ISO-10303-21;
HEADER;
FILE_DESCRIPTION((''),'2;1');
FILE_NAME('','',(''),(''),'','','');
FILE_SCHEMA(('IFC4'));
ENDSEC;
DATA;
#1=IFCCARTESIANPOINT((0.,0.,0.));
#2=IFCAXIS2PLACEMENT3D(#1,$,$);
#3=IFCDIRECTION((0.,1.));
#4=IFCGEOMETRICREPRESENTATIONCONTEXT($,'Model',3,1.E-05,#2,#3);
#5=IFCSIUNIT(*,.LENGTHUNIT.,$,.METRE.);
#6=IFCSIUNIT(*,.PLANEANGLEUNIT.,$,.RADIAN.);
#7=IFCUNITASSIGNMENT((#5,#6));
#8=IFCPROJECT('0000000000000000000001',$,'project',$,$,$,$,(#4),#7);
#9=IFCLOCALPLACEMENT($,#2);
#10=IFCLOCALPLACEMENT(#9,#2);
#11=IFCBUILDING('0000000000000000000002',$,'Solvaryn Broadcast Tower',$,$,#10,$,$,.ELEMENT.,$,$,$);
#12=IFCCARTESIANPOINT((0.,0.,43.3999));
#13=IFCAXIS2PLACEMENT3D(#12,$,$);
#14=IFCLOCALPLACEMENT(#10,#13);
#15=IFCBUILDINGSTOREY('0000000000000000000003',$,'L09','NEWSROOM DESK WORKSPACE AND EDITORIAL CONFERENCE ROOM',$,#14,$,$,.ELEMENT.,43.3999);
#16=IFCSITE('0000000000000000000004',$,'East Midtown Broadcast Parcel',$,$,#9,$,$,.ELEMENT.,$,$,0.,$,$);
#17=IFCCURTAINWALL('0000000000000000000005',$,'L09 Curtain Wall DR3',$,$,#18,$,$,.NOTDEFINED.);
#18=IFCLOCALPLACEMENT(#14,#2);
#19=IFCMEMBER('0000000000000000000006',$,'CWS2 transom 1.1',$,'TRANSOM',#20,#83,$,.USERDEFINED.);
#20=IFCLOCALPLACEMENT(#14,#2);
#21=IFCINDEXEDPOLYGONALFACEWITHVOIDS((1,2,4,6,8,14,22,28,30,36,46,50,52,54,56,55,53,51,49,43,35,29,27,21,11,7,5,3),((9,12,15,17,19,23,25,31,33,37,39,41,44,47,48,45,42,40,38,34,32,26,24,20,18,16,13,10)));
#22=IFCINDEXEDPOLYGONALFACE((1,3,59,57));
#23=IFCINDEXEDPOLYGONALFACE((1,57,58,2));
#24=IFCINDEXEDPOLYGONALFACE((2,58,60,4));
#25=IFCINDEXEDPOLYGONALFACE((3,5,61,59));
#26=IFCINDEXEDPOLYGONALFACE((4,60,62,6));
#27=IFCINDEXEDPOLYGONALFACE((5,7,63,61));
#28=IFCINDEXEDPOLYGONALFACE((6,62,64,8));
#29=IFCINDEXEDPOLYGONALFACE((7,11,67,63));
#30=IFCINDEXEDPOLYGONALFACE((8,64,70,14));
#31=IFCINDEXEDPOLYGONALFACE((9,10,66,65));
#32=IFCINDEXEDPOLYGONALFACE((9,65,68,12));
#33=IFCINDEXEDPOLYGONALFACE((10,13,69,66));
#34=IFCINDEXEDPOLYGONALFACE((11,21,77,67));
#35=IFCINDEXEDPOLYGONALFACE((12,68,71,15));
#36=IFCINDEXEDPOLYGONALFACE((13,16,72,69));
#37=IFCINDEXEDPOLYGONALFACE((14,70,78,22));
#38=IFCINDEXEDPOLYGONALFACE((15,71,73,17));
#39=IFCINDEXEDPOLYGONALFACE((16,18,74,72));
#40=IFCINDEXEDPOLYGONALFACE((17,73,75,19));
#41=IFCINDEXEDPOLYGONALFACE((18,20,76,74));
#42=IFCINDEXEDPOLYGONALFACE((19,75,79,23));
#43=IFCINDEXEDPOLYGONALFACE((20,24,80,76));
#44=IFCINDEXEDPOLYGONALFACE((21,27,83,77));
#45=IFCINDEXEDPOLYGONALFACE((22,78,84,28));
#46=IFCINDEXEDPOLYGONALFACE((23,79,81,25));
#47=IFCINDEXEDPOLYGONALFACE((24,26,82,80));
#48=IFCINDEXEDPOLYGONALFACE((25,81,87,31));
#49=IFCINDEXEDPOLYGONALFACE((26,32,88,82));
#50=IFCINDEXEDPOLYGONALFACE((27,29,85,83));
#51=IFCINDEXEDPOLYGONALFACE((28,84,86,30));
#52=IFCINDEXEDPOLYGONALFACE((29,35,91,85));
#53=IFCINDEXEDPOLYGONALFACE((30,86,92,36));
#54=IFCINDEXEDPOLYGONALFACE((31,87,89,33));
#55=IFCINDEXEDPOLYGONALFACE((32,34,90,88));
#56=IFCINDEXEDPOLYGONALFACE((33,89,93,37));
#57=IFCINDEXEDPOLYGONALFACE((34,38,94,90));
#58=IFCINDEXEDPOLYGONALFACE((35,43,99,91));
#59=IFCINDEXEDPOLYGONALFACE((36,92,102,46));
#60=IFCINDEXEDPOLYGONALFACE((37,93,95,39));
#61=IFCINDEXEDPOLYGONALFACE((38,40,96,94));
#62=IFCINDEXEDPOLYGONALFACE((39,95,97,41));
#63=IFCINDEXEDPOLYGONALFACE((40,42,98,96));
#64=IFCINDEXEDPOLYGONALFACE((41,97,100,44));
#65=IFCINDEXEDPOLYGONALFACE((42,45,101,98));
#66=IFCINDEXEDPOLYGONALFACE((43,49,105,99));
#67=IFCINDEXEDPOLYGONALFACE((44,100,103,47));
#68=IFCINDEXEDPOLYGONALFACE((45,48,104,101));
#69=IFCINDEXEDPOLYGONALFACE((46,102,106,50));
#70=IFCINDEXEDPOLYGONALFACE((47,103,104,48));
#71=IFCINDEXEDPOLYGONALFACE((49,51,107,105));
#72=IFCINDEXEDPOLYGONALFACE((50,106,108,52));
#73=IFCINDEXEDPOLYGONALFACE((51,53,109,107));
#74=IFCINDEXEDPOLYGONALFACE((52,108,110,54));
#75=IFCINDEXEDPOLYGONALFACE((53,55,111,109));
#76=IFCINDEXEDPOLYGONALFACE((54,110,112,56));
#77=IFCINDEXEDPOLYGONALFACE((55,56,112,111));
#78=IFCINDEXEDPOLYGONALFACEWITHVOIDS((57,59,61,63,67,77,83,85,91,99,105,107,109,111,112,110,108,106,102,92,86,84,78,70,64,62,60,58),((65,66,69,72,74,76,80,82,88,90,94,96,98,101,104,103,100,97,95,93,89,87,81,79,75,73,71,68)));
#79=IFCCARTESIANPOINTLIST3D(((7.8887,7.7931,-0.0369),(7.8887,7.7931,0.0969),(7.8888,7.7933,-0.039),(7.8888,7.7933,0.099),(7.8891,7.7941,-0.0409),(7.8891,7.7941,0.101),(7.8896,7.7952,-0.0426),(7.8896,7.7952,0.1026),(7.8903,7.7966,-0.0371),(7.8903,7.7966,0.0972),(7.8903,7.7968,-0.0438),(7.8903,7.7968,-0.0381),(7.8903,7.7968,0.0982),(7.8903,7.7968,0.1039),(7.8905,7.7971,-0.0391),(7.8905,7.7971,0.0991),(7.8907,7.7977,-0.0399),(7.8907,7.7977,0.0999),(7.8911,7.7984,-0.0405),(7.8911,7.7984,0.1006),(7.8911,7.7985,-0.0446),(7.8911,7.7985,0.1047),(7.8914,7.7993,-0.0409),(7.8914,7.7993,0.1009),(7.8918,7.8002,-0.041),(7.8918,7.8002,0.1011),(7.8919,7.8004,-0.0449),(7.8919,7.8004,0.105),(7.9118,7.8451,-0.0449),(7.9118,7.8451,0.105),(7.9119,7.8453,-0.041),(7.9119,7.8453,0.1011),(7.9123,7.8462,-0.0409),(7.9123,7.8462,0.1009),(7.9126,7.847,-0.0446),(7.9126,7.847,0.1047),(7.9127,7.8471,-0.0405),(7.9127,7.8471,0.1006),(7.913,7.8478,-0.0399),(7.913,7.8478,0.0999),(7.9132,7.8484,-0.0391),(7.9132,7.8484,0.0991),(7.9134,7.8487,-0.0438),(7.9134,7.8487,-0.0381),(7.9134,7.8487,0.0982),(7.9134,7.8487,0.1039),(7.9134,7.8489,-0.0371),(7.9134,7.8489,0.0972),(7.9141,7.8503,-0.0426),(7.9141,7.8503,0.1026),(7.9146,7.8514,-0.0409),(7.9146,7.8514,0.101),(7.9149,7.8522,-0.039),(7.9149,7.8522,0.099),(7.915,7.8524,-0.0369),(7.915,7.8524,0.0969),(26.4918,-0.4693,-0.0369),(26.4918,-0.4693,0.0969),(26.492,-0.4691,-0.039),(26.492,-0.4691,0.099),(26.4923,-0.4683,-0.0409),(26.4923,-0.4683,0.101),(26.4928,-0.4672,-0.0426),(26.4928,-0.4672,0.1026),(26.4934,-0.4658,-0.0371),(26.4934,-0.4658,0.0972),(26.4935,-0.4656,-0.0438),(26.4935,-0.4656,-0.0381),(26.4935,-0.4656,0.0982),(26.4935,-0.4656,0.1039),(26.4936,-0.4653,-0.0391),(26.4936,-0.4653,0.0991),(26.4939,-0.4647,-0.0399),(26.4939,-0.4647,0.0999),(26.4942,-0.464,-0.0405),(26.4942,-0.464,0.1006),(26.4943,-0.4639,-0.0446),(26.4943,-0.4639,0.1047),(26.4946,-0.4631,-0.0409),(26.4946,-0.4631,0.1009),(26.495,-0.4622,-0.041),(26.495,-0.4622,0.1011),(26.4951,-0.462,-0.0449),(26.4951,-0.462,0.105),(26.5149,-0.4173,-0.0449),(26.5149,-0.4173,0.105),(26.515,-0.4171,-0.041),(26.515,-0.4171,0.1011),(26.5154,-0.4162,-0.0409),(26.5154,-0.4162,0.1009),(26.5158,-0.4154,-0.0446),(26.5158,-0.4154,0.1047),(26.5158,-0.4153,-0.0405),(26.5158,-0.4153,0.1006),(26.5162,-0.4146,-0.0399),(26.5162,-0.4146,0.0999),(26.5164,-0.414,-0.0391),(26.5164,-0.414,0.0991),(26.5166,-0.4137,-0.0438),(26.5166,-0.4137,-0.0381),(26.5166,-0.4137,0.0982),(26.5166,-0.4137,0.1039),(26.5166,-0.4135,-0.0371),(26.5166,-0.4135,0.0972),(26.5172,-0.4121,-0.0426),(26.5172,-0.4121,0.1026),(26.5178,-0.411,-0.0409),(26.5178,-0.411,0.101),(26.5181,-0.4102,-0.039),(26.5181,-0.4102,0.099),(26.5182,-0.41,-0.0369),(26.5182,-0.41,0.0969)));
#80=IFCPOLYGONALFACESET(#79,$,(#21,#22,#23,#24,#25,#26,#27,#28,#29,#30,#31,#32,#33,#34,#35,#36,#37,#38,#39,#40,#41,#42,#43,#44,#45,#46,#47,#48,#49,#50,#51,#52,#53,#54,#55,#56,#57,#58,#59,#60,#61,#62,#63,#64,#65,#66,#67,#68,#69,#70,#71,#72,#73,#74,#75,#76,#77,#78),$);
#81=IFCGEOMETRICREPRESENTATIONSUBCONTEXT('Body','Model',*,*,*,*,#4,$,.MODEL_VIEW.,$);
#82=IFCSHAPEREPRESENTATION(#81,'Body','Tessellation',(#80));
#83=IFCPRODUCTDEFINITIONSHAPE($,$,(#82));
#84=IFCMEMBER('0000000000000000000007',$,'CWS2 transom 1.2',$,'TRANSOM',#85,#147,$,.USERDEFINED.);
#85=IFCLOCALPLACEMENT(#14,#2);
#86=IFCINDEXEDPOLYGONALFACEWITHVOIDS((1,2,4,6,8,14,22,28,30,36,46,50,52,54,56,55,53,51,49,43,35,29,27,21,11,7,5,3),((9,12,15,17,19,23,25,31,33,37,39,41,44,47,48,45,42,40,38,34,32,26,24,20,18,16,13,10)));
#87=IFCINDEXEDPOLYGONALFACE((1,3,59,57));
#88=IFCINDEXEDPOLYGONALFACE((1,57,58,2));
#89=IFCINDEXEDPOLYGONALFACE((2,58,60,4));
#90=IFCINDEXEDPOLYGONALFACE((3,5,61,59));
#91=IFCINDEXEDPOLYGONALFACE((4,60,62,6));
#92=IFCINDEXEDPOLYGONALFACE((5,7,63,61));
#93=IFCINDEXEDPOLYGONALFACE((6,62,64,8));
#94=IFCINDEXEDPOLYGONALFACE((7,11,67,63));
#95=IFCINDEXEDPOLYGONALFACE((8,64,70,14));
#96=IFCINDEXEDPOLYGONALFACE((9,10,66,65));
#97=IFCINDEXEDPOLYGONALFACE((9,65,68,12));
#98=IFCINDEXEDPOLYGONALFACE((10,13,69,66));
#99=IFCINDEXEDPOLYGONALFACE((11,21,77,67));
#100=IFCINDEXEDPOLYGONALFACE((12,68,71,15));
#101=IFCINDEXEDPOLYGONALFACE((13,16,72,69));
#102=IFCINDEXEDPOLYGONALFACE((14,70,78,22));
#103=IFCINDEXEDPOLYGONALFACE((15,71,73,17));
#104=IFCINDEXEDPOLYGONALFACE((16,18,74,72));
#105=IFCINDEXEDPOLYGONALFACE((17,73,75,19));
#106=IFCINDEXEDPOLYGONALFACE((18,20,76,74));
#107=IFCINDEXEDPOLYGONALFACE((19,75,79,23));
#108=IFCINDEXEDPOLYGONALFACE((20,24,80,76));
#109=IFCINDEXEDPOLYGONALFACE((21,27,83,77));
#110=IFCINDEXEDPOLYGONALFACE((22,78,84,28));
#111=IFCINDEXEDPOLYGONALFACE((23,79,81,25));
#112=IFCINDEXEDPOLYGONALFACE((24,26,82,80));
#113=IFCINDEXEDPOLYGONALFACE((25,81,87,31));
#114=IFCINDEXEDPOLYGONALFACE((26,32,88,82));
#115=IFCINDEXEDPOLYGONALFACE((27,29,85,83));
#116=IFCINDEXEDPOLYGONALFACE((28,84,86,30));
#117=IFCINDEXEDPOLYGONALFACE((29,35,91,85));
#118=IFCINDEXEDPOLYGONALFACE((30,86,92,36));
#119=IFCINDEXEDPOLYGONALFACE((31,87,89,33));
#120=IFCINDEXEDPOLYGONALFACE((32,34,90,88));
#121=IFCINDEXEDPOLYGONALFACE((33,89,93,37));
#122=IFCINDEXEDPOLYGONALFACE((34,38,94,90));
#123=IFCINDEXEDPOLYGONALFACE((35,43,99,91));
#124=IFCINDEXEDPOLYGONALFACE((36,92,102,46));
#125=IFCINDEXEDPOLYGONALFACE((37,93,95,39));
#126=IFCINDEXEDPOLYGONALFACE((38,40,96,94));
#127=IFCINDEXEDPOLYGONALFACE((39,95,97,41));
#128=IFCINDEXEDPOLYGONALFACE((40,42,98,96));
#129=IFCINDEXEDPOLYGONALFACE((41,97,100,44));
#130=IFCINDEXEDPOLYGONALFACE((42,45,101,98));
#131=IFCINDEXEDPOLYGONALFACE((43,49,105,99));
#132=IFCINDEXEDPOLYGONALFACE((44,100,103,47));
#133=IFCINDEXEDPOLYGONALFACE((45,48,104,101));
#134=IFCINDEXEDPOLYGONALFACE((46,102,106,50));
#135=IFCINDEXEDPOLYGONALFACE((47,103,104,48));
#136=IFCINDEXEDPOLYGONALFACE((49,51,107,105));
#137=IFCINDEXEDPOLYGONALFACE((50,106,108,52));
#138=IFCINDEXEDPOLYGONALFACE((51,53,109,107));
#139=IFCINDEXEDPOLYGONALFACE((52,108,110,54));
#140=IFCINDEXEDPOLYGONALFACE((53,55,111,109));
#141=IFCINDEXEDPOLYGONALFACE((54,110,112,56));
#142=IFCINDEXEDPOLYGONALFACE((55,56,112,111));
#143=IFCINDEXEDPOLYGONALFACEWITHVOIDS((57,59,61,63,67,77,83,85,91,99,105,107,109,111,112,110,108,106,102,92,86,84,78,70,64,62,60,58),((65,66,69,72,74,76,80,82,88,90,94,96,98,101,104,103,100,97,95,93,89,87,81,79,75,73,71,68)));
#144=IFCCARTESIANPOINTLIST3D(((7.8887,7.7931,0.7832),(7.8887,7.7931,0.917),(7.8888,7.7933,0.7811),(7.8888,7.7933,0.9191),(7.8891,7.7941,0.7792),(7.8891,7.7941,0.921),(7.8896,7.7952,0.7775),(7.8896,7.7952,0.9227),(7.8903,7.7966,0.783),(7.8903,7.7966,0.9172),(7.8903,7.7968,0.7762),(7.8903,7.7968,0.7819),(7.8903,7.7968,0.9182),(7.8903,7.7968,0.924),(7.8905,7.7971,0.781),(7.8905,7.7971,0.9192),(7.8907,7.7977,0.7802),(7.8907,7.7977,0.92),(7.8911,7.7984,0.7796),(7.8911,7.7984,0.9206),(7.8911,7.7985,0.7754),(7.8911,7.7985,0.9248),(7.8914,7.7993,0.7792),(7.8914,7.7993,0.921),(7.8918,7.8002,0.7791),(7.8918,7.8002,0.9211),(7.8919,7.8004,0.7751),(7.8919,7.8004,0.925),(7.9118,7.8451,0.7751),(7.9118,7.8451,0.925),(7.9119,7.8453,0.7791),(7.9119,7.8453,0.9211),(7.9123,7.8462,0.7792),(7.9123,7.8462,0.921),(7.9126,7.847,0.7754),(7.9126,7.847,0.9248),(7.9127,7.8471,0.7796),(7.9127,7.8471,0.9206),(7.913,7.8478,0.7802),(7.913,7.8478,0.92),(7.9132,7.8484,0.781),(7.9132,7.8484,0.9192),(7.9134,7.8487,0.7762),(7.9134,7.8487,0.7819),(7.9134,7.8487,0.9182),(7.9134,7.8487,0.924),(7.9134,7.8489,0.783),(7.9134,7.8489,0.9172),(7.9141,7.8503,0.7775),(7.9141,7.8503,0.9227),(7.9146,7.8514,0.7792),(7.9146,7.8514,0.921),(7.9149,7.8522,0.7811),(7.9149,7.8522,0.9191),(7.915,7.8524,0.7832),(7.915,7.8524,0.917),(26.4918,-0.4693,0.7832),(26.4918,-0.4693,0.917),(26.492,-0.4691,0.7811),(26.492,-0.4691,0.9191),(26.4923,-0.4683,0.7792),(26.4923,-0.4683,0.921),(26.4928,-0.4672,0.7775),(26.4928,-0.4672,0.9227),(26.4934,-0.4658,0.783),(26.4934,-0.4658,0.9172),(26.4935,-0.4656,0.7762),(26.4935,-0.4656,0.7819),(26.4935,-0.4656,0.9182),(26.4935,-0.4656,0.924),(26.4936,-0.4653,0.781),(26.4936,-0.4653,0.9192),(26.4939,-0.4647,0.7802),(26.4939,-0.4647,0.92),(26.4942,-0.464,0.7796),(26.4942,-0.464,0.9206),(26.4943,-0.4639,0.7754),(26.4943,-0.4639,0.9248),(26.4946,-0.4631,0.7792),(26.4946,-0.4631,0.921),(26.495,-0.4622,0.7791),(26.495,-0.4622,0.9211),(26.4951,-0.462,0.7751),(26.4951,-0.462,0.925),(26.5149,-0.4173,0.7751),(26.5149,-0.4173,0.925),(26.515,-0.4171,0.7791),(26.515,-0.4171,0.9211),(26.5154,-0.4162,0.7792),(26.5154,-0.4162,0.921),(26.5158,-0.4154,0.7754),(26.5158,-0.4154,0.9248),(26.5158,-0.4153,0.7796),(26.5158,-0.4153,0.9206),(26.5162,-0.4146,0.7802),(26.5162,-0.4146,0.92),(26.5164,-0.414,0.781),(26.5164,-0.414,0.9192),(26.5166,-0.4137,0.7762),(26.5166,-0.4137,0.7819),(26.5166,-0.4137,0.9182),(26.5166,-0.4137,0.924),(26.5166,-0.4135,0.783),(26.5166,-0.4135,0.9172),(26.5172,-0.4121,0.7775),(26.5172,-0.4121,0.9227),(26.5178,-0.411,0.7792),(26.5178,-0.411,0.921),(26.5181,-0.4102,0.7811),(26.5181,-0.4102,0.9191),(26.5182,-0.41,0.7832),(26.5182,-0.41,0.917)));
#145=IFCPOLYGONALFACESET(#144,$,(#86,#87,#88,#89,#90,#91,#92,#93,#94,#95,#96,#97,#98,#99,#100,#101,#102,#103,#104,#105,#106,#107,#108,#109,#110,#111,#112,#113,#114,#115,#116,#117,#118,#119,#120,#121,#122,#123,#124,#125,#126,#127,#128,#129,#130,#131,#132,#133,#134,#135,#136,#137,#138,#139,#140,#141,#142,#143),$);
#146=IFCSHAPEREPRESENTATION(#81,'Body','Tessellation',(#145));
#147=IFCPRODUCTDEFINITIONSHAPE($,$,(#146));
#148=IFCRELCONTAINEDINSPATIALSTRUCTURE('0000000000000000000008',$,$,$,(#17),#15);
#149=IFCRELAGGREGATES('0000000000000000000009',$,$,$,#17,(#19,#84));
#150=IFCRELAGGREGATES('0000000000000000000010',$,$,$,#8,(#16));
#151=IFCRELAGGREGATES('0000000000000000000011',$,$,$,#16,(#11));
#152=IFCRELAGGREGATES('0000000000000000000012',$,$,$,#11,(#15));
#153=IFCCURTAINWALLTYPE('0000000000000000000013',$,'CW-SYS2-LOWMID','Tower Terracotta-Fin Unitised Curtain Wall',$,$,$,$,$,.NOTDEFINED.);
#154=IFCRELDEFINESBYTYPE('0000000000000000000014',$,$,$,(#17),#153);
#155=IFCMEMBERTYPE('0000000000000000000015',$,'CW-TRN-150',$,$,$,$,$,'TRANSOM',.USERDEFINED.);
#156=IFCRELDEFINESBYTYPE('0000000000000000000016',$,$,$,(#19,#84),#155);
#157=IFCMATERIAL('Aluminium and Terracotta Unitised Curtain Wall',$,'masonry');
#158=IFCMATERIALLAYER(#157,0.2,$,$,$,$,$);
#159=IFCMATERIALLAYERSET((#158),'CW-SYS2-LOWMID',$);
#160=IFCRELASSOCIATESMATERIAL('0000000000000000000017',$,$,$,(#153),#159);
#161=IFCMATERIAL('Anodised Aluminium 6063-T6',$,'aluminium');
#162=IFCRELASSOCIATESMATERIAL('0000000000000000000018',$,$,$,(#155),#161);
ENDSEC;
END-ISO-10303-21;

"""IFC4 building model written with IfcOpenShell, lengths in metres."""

from ifc_helpers import new_model, si_unit, direction, frame, origin, origin_2d, place, context, subcontext, project, spatial, hollow_rectangle, extrude, material, layer, layer_set, material_profile, profile_set, type_object, element, aggregate, save


model = new_model("IFC4")

# Units and contexts
model_context = context("Model", 3, precision=1e-05, world=origin(), true_north=direction((0.0, 1.0)))
body_context = subcontext(model_context, "Body", "Model", "MODEL_VIEW")
ifc_project = project(units=[si_unit("LENGTHUNIT", "METRE"), si_unit("PLANEANGLEUNIT", "RADIAN")], contexts=[model_context])

# Site, building, storey
site_placement = place(None, origin())
site = spatial("IfcSite", under=ifc_project, at=site_placement, Name="East Midtown Broadcast Parcel", CompositionType="ELEMENT", RefElevation=0.0)
building_placement = place(site_placement, origin())
building = spatial("IfcBuilding", under=site, at=building_placement, Name="Solvaryn Broadcast Tower", CompositionType="ELEMENT")
storey_placement = place(building_placement, frame((0.0, 0.0, 43.3999)))
storey = spatial("IfcBuildingStorey", under=building, at=storey_placement, Name="L09", Description="NEWSROOM DESK WORKSPACE AND EDITORIAL CONFERENCE ROOM", CompositionType="ELEMENT", Elevation=43.3999)

# Shared definitions
ifc_material_1 = material(Name="Aluminium and Terracotta Unitised Curtain Wall", Category="masonry")
ifc_layer_1 = layer(ifc_material_1, 0.2)
ifc_layer_set_1 = layer_set([ifc_layer_1], Name="CW-SYS2-LOWMID")
curtain_wall_type = type_object("IfcCurtainWallType", Name="CW-SYS2-LOWMID", Description="Tower Terracotta-Fin Unitised Curtain Wall", PredefinedType="NOTDEFINED", material=ifc_layer_set_1)

# Curtain wall, members
curtain_wall_1_placement = place(storey_placement, origin())
curtain_wall_1 = element("IfcCurtainWall", 1, at=curtain_wall_1_placement, inside=storey, type_object=curtain_wall_type, Name="L09 Curtain Wall DR3", PredefinedType="NOTDEFINED")
ifc_material_2 = material(Name="Anodised Aluminium 6063-T6", Category="aluminium")
ifc_material_profile_1 = material_profile(ifc_material_2, hollow_rectangle(XDim=0.0649, YDim=0.1499, WallThickness=0.0039, InnerFilletRadius=0.0039, OuterFilletRadius=0.0081, at=origin_2d()))
ifc_profile_set_1 = profile_set([ifc_material_profile_1], Name="Anodised Aluminium 6063-T6")
member_type_1 = type_object("IfcMemberType", Name="CW-TRN-150", ElementType="TRANSOM", PredefinedType="USERDEFINED", material=ifc_profile_set_1)
member_1_placement = place(storey_placement, frame((7.9019, 7.8228, 0.03), z_axis=(0.913915, -0.405906, 0.0), x_axis=(0.405906, 0.913915, 0.0)))
member_1 = element("IfcMember", 2, at=member_1_placement, type_object=member_type_1, Name="CWS2 transom 1.1", ObjectType="TRANSOM", PredefinedType="USERDEFINED", context=body_context, shape_type="SweptSolid", body=[
    extrude(hollow_rectangle(XDim=0.0649, YDim=0.1499, WallThickness=0.0039, InnerFilletRadius=0.0039, OuterFilletRadius=0.0081, at=origin_2d()), origin(), (0.0, 0.0, 1.0), 20.3555),
])
member_2_placement = place(storey_placement, frame((7.9019, 7.8228, 0.8501), z_axis=(0.913915, -0.405906, 0.0), x_axis=(0.405906, 0.913915, 0.0)))
member_2 = element("IfcMember", 3, at=member_2_placement, type_object=member_type_1, Name="CWS2 transom 1.2", ObjectType="TRANSOM", PredefinedType="USERDEFINED", context=body_context, shape_type="SweptSolid", body=[
    extrude(hollow_rectangle(XDim=0.0649, YDim=0.1499, WallThickness=0.0039, InnerFilletRadius=0.0039, OuterFilletRadius=0.0081, at=origin_2d()), origin(), (0.0, 0.0, 1.0), 20.3555),
])
aggregate(curtain_wall_1, [member_1, member_2])

save(model, "model.ifc")
